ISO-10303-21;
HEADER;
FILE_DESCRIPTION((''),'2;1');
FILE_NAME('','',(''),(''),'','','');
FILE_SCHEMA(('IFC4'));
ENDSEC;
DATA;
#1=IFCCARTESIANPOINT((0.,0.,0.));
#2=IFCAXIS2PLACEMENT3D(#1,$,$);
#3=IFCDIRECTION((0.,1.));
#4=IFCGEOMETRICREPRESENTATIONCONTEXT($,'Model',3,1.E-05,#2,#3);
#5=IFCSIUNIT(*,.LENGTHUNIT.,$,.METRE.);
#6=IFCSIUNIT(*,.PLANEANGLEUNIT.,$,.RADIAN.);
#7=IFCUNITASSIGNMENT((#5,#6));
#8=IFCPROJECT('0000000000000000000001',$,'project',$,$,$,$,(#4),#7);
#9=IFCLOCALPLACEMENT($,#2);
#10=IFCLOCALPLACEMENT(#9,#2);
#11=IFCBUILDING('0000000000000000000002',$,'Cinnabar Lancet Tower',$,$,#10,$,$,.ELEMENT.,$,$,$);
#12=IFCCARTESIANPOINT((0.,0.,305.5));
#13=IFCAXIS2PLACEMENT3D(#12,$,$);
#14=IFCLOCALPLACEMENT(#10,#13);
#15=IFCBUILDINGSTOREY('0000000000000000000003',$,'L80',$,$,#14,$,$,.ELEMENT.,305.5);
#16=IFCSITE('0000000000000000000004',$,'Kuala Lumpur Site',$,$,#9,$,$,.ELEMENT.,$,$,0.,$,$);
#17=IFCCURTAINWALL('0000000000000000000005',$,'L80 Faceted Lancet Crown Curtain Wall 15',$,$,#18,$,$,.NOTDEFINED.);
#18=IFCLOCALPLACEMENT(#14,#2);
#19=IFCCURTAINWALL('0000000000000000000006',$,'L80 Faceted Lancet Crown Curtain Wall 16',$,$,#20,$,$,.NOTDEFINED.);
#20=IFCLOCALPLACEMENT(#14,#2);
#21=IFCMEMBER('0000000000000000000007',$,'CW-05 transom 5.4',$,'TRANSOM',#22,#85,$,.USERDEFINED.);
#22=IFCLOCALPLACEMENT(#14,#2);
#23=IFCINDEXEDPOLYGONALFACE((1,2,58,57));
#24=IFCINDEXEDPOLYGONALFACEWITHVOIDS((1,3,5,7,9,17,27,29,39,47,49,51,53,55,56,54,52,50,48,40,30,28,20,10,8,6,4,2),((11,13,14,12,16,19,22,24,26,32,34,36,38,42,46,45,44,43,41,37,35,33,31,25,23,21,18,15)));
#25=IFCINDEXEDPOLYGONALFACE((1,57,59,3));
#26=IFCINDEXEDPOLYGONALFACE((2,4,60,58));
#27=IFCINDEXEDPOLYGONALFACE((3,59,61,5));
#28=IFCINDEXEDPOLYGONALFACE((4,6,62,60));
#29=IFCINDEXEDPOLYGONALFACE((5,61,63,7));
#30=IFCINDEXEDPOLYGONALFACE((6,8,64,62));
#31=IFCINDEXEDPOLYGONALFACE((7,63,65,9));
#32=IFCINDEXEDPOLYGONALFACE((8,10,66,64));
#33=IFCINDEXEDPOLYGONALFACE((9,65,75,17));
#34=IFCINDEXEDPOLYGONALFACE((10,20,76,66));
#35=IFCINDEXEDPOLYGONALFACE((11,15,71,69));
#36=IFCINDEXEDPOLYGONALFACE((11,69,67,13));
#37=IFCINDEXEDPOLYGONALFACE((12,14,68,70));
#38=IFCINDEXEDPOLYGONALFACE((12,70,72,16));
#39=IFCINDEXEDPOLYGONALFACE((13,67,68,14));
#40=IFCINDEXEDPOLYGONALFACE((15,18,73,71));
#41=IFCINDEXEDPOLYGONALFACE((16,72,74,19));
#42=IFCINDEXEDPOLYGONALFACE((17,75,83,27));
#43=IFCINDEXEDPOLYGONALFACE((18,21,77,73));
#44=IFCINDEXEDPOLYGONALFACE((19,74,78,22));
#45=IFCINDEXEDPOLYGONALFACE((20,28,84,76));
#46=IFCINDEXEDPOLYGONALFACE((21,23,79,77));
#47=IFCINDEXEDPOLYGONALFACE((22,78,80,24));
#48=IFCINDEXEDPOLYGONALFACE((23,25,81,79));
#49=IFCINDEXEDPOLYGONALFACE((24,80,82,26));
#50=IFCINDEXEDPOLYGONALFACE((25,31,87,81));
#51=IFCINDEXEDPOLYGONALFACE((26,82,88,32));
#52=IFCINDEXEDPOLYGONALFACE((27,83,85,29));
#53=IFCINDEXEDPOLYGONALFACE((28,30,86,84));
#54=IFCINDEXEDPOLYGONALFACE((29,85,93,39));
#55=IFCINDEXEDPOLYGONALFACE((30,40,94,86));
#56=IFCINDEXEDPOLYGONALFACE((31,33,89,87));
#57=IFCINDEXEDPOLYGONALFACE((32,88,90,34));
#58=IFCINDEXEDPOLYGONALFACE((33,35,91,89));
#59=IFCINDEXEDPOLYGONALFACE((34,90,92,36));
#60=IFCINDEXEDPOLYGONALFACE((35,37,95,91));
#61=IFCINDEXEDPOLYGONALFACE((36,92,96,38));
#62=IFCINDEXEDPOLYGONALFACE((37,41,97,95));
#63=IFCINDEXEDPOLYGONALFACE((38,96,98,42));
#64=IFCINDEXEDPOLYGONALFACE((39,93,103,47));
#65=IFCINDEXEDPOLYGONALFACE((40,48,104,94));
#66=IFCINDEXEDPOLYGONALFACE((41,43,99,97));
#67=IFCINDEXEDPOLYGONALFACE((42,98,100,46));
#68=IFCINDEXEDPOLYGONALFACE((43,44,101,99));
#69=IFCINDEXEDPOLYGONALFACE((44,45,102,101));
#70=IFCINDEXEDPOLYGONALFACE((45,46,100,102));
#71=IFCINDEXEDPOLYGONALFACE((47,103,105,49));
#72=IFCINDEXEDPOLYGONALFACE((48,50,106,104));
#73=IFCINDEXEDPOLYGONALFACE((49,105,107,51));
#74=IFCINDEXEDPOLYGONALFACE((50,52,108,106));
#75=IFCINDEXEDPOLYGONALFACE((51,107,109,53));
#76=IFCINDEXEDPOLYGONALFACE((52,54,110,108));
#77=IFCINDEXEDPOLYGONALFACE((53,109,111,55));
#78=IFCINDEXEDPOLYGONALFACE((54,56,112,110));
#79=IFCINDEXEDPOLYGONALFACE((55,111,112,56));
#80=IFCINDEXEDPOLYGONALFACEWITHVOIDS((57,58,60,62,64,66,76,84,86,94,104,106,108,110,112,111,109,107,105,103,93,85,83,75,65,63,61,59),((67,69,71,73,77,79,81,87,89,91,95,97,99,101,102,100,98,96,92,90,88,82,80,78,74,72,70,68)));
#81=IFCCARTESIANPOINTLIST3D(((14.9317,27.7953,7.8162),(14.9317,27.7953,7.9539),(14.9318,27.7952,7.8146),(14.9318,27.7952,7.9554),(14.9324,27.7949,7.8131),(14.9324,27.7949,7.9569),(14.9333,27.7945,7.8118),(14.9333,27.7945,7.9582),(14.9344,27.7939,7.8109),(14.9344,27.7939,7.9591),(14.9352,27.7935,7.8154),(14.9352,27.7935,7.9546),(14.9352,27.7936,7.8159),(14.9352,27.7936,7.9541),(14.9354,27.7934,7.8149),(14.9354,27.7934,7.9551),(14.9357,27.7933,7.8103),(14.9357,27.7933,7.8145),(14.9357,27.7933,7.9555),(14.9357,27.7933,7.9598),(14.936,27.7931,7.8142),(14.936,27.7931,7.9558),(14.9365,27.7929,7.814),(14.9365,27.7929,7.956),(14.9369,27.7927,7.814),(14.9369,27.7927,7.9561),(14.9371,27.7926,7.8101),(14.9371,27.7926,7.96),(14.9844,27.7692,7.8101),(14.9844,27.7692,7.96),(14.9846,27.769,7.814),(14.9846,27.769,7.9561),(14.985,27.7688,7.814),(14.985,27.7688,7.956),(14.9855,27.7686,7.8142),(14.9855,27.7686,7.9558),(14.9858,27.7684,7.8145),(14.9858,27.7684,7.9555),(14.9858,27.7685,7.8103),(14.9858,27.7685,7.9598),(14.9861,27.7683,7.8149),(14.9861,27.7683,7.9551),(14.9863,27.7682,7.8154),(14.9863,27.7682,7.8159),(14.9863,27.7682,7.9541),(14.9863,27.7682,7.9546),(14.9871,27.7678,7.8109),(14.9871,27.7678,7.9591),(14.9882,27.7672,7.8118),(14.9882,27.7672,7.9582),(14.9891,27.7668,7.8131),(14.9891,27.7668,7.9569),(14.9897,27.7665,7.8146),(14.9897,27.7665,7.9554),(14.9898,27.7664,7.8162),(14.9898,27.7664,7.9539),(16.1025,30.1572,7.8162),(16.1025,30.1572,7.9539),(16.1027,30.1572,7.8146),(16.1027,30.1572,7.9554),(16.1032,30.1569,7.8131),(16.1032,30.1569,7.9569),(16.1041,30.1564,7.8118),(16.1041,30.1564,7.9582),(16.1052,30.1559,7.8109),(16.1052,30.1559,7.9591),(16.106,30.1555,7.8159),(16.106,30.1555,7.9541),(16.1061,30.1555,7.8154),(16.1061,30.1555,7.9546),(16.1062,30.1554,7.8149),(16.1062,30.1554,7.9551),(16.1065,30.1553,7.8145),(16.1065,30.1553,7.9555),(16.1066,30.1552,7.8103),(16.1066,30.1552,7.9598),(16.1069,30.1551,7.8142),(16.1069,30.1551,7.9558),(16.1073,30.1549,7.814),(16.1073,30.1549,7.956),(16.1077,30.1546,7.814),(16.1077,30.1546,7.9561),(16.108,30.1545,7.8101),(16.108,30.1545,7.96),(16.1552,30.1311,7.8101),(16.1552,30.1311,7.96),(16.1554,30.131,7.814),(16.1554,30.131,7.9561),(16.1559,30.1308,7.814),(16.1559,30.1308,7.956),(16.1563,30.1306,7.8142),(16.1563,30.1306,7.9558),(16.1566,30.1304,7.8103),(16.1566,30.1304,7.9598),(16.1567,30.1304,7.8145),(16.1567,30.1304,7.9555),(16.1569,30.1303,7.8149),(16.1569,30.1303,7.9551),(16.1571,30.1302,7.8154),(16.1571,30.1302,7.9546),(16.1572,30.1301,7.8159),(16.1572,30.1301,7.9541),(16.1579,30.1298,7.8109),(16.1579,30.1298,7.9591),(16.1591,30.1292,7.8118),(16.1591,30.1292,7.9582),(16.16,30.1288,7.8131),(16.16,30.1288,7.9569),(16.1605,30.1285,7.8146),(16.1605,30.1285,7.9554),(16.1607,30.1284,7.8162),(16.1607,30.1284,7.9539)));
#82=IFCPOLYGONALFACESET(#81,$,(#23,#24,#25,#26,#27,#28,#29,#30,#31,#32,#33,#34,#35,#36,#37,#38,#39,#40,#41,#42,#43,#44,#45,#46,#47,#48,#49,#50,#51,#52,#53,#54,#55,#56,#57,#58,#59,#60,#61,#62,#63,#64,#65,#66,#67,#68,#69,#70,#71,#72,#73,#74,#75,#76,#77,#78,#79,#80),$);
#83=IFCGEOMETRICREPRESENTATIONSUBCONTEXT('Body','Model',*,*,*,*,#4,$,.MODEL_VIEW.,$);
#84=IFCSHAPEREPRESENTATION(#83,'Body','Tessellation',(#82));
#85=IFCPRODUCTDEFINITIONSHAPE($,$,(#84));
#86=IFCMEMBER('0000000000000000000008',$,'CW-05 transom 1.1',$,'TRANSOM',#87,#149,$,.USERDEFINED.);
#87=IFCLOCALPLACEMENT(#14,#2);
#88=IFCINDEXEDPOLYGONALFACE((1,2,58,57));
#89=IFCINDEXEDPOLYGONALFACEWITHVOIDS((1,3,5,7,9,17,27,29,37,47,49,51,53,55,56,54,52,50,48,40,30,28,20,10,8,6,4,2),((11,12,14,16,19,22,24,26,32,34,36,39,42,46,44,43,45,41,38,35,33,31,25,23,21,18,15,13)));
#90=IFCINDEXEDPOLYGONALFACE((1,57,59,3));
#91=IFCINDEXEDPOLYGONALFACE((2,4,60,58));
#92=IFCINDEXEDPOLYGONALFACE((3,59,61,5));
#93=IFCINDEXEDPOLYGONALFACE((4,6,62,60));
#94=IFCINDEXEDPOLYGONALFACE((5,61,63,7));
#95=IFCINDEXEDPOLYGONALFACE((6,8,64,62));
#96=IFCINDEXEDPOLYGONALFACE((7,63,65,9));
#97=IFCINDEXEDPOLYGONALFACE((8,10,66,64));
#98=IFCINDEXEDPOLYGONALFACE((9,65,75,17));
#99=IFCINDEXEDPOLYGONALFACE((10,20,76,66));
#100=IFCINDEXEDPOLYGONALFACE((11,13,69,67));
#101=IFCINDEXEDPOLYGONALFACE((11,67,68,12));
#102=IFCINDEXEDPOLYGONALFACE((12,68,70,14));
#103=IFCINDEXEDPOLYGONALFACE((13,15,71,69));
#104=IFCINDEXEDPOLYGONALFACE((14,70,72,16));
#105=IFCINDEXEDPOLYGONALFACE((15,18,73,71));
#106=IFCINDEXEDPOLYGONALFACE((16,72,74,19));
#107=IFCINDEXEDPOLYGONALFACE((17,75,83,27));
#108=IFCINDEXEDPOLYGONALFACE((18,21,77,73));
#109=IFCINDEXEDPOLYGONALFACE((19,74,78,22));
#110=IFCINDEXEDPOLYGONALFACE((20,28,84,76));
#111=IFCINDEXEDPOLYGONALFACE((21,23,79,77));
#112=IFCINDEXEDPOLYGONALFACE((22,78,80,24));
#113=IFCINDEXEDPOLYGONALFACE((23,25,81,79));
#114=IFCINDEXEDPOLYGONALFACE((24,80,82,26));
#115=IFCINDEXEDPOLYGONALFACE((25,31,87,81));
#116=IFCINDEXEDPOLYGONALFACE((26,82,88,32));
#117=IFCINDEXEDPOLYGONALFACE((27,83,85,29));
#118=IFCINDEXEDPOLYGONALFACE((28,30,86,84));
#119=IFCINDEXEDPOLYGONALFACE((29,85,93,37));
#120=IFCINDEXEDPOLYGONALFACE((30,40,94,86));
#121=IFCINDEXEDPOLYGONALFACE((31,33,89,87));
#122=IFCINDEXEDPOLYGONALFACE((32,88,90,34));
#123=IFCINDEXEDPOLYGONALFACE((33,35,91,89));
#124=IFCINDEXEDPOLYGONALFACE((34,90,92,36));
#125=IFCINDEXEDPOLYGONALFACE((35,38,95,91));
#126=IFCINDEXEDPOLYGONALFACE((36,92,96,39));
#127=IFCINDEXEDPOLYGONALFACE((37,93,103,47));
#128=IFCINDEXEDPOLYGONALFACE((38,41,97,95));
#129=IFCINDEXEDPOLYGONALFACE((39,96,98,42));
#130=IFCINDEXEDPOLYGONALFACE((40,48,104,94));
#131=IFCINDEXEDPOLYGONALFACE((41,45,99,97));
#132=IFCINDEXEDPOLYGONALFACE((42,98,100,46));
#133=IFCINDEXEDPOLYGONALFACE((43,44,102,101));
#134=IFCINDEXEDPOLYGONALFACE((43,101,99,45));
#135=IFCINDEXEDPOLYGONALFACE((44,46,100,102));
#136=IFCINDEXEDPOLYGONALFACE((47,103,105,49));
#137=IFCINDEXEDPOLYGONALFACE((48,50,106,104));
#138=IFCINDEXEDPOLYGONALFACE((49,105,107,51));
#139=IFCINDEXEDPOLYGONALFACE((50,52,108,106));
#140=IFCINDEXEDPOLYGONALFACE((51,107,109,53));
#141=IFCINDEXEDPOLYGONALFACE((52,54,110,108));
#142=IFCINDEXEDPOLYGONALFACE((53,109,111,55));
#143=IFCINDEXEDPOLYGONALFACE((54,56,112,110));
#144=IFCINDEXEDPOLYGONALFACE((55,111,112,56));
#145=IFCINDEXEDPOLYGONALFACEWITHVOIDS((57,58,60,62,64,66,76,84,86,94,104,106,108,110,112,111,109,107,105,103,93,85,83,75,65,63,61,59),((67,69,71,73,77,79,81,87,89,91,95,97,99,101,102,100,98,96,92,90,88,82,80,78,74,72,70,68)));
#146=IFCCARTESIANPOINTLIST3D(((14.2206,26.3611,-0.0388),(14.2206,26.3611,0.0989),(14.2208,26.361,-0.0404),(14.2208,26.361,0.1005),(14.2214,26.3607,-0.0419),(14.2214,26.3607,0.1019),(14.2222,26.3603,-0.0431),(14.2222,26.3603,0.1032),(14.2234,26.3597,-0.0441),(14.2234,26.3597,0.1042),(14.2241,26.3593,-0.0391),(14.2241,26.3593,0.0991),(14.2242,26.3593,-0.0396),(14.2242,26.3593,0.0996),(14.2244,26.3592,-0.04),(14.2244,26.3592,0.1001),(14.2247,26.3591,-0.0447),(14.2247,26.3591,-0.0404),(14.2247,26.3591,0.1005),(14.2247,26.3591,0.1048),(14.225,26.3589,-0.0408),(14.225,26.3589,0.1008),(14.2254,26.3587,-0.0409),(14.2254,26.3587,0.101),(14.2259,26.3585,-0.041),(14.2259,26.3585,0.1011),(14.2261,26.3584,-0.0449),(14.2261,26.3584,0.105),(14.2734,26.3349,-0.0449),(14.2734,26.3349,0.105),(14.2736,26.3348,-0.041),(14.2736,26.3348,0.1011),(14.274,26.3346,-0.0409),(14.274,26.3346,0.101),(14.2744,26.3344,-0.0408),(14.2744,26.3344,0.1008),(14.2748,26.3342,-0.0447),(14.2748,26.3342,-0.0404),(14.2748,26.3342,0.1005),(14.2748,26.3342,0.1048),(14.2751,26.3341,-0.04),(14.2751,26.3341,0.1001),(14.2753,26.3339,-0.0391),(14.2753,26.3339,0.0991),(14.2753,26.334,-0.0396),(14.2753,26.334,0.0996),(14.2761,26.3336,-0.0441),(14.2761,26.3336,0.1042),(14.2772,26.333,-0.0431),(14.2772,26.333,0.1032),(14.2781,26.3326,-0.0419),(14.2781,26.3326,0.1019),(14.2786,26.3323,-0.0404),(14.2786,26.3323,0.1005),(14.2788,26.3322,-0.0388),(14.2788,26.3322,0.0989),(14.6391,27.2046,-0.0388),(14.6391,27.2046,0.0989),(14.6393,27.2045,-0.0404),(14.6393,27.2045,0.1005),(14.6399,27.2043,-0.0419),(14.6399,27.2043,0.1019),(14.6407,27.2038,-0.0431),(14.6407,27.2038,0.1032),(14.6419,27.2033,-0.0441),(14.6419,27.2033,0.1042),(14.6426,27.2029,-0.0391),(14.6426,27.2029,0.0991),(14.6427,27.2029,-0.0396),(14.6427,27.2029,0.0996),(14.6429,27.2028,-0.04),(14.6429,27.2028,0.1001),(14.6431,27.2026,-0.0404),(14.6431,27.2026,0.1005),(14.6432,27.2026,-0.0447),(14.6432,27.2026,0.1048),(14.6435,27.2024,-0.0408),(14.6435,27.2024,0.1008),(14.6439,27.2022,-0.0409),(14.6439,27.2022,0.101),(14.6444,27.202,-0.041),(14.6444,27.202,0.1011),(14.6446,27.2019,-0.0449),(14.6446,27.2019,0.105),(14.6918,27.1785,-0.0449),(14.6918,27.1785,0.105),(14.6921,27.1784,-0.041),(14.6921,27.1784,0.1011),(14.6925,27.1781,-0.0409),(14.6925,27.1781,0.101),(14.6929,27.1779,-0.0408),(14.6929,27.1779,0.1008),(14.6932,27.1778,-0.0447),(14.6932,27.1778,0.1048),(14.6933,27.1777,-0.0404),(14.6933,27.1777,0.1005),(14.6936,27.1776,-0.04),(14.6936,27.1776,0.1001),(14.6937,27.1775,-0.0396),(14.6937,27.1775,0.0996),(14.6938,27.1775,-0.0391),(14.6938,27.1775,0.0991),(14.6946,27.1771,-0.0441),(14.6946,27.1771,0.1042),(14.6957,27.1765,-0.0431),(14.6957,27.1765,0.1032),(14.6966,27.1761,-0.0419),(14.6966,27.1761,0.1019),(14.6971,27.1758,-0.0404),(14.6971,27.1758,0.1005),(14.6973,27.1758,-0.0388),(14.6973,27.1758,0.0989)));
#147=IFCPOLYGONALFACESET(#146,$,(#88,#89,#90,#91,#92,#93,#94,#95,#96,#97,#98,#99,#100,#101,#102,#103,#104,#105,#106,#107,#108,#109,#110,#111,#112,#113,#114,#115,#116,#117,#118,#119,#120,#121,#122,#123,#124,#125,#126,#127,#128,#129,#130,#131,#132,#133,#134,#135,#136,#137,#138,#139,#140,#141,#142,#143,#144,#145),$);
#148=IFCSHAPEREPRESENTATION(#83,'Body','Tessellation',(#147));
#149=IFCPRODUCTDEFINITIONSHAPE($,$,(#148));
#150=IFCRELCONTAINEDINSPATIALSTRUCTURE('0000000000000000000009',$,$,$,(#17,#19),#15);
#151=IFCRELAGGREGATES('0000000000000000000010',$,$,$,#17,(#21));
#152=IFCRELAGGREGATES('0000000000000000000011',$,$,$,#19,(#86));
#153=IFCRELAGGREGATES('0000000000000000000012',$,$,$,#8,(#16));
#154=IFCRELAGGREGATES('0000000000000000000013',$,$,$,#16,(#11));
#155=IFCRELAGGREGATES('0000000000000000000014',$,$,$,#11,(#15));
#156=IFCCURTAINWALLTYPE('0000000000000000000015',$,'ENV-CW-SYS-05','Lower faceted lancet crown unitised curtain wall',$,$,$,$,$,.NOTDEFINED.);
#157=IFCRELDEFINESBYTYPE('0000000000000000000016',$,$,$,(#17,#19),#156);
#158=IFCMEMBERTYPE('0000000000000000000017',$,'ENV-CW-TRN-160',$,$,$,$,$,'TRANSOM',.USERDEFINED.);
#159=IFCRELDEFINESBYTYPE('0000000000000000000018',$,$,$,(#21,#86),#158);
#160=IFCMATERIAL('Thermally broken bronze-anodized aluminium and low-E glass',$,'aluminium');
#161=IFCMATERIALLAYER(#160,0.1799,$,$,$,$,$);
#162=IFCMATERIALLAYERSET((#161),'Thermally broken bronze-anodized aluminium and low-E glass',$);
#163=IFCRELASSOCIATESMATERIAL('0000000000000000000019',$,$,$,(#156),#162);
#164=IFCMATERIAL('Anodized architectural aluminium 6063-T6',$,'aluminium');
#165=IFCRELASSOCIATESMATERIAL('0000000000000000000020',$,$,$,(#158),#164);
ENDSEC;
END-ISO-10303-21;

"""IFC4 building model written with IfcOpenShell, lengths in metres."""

from ifc_helpers import new_model, si_unit, direction, frame, origin, origin_2d, place, context, subcontext, project, spatial, hollow_rectangle, extrude, material, layer, layer_set, material_profile, profile_set, type_object, element, aggregate, save


model = new_model("IFC4")

# Units and contexts
model_context = context("Model", 3, precision=1e-05, world=origin(), true_north=direction((0.0, 1.0)))
body_context = subcontext(model_context, "Body", "Model", "MODEL_VIEW")
ifc_project = project(units=[si_unit("LENGTHUNIT", "METRE"), si_unit("PLANEANGLEUNIT", "RADIAN")], contexts=[model_context])

# Site, building, storey
site_placement = place(None, origin())
site = spatial("IfcSite", under=ifc_project, at=site_placement, Name="Kuala Lumpur Site", CompositionType="ELEMENT", RefElevation=0.0)
building_placement = place(site_placement, origin())
building = spatial("IfcBuilding", under=site, at=building_placement, Name="Cinnabar Lancet Tower", CompositionType="ELEMENT")
storey_placement = place(building_placement, frame((0.0, 0.0, 305.5)))
storey = spatial("IfcBuildingStorey", under=building, at=storey_placement, Name="L80", CompositionType="ELEMENT", Elevation=305.5)

# Curtain wall
ifc_material_1 = material(Name="Thermally broken bronze-anodized aluminium and low-E glass", Category="aluminium")
ifc_layer_1 = layer(ifc_material_1, 0.1799)
ifc_layer_set_1 = layer_set([ifc_layer_1], Name="Thermally broken bronze-anodized aluminium and low-E glass")
curtain_wall_type = type_object("IfcCurtainWallType", Name="ENV-CW-SYS-05", Description="Lower faceted lancet crown unitised curtain wall", PredefinedType="NOTDEFINED", material=ifc_layer_set_1)
curtain_wall_1_placement = place(storey_placement, origin())
curtain_wall_1 = element("IfcCurtainWall", 1, at=curtain_wall_1_placement, inside=storey, type_object=curtain_wall_type, Name="L80 Faceted Lancet Crown Curtain Wall 15", PredefinedType="NOTDEFINED")

# Curtain wall
curtain_wall_2_placement = place(storey_placement, origin())
curtain_wall_2 = element("IfcCurtainWall", 2, at=curtain_wall_2_placement, inside=storey, type_object=curtain_wall_type, Name="L80 Faceted Lancet Crown Curtain Wall 16", PredefinedType="NOTDEFINED")

# Members
ifc_material_2 = material(Name="Anodized architectural aluminium 6063-T6", Category="aluminium")
ifc_material_profile_1 = material_profile(ifc_material_2, hollow_rectangle(XDim=0.0649, YDim=0.1499, WallThickness=0.0039, InnerFilletRadius=0.002, OuterFilletRadius=0.0061, at=origin_2d()), Name="CW-TRN 150x65x4")
ifc_profile_set_1 = profile_set([ifc_material_profile_1], Name="Anodized architectural aluminium 6063-T6")
member_type_1 = type_object("IfcMemberType", Name="ENV-CW-TRN-160", ElementType="TRANSOM", PredefinedType="USERDEFINED", material=ifc_profile_set_1)
member_1_placement = place(storey_placement, frame((16.1316, 30.1428, 7.885), z_axis=(-0.444136, -0.895959, 0.0), x_axis=(0.895959, -0.444136, 0.0)))
member_1 = element("IfcMember", 3, at=member_1_placement, type_object=member_type_1, Name="CW-05 transom 5.4", ObjectType="TRANSOM", PredefinedType="USERDEFINED", context=body_context, shape_type="SweptSolid", body=[
    extrude(hollow_rectangle(XDim=0.0649, YDim=0.1499, WallThickness=0.0039, InnerFilletRadius=0.002, OuterFilletRadius=0.0061, at=origin_2d()), origin(), (0.0, 0.0, 1.0), 2.6362),
])
member_2_placement = place(storey_placement, frame((14.6682, 27.1902, 0.03), z_axis=(-0.444411, -0.895823, 0.0), x_axis=(0.895823, -0.444411, 0.0)))
member_2 = element("IfcMember", 4, at=member_2_placement, type_object=member_type_1, Name="CW-05 transom 1.1", ObjectType="TRANSOM", PredefinedType="USERDEFINED", context=body_context, shape_type="SweptSolid", body=[
    extrude(hollow_rectangle(XDim=0.0649, YDim=0.1499, WallThickness=0.0039, InnerFilletRadius=0.002, OuterFilletRadius=0.0061, at=origin_2d()), origin(), (0.0, 0.0, 1.0), 0.9417),
])

aggregate(curtain_wall_1, [member_1])
aggregate(curtain_wall_2, [member_2])

save(model, "model.ifc")
